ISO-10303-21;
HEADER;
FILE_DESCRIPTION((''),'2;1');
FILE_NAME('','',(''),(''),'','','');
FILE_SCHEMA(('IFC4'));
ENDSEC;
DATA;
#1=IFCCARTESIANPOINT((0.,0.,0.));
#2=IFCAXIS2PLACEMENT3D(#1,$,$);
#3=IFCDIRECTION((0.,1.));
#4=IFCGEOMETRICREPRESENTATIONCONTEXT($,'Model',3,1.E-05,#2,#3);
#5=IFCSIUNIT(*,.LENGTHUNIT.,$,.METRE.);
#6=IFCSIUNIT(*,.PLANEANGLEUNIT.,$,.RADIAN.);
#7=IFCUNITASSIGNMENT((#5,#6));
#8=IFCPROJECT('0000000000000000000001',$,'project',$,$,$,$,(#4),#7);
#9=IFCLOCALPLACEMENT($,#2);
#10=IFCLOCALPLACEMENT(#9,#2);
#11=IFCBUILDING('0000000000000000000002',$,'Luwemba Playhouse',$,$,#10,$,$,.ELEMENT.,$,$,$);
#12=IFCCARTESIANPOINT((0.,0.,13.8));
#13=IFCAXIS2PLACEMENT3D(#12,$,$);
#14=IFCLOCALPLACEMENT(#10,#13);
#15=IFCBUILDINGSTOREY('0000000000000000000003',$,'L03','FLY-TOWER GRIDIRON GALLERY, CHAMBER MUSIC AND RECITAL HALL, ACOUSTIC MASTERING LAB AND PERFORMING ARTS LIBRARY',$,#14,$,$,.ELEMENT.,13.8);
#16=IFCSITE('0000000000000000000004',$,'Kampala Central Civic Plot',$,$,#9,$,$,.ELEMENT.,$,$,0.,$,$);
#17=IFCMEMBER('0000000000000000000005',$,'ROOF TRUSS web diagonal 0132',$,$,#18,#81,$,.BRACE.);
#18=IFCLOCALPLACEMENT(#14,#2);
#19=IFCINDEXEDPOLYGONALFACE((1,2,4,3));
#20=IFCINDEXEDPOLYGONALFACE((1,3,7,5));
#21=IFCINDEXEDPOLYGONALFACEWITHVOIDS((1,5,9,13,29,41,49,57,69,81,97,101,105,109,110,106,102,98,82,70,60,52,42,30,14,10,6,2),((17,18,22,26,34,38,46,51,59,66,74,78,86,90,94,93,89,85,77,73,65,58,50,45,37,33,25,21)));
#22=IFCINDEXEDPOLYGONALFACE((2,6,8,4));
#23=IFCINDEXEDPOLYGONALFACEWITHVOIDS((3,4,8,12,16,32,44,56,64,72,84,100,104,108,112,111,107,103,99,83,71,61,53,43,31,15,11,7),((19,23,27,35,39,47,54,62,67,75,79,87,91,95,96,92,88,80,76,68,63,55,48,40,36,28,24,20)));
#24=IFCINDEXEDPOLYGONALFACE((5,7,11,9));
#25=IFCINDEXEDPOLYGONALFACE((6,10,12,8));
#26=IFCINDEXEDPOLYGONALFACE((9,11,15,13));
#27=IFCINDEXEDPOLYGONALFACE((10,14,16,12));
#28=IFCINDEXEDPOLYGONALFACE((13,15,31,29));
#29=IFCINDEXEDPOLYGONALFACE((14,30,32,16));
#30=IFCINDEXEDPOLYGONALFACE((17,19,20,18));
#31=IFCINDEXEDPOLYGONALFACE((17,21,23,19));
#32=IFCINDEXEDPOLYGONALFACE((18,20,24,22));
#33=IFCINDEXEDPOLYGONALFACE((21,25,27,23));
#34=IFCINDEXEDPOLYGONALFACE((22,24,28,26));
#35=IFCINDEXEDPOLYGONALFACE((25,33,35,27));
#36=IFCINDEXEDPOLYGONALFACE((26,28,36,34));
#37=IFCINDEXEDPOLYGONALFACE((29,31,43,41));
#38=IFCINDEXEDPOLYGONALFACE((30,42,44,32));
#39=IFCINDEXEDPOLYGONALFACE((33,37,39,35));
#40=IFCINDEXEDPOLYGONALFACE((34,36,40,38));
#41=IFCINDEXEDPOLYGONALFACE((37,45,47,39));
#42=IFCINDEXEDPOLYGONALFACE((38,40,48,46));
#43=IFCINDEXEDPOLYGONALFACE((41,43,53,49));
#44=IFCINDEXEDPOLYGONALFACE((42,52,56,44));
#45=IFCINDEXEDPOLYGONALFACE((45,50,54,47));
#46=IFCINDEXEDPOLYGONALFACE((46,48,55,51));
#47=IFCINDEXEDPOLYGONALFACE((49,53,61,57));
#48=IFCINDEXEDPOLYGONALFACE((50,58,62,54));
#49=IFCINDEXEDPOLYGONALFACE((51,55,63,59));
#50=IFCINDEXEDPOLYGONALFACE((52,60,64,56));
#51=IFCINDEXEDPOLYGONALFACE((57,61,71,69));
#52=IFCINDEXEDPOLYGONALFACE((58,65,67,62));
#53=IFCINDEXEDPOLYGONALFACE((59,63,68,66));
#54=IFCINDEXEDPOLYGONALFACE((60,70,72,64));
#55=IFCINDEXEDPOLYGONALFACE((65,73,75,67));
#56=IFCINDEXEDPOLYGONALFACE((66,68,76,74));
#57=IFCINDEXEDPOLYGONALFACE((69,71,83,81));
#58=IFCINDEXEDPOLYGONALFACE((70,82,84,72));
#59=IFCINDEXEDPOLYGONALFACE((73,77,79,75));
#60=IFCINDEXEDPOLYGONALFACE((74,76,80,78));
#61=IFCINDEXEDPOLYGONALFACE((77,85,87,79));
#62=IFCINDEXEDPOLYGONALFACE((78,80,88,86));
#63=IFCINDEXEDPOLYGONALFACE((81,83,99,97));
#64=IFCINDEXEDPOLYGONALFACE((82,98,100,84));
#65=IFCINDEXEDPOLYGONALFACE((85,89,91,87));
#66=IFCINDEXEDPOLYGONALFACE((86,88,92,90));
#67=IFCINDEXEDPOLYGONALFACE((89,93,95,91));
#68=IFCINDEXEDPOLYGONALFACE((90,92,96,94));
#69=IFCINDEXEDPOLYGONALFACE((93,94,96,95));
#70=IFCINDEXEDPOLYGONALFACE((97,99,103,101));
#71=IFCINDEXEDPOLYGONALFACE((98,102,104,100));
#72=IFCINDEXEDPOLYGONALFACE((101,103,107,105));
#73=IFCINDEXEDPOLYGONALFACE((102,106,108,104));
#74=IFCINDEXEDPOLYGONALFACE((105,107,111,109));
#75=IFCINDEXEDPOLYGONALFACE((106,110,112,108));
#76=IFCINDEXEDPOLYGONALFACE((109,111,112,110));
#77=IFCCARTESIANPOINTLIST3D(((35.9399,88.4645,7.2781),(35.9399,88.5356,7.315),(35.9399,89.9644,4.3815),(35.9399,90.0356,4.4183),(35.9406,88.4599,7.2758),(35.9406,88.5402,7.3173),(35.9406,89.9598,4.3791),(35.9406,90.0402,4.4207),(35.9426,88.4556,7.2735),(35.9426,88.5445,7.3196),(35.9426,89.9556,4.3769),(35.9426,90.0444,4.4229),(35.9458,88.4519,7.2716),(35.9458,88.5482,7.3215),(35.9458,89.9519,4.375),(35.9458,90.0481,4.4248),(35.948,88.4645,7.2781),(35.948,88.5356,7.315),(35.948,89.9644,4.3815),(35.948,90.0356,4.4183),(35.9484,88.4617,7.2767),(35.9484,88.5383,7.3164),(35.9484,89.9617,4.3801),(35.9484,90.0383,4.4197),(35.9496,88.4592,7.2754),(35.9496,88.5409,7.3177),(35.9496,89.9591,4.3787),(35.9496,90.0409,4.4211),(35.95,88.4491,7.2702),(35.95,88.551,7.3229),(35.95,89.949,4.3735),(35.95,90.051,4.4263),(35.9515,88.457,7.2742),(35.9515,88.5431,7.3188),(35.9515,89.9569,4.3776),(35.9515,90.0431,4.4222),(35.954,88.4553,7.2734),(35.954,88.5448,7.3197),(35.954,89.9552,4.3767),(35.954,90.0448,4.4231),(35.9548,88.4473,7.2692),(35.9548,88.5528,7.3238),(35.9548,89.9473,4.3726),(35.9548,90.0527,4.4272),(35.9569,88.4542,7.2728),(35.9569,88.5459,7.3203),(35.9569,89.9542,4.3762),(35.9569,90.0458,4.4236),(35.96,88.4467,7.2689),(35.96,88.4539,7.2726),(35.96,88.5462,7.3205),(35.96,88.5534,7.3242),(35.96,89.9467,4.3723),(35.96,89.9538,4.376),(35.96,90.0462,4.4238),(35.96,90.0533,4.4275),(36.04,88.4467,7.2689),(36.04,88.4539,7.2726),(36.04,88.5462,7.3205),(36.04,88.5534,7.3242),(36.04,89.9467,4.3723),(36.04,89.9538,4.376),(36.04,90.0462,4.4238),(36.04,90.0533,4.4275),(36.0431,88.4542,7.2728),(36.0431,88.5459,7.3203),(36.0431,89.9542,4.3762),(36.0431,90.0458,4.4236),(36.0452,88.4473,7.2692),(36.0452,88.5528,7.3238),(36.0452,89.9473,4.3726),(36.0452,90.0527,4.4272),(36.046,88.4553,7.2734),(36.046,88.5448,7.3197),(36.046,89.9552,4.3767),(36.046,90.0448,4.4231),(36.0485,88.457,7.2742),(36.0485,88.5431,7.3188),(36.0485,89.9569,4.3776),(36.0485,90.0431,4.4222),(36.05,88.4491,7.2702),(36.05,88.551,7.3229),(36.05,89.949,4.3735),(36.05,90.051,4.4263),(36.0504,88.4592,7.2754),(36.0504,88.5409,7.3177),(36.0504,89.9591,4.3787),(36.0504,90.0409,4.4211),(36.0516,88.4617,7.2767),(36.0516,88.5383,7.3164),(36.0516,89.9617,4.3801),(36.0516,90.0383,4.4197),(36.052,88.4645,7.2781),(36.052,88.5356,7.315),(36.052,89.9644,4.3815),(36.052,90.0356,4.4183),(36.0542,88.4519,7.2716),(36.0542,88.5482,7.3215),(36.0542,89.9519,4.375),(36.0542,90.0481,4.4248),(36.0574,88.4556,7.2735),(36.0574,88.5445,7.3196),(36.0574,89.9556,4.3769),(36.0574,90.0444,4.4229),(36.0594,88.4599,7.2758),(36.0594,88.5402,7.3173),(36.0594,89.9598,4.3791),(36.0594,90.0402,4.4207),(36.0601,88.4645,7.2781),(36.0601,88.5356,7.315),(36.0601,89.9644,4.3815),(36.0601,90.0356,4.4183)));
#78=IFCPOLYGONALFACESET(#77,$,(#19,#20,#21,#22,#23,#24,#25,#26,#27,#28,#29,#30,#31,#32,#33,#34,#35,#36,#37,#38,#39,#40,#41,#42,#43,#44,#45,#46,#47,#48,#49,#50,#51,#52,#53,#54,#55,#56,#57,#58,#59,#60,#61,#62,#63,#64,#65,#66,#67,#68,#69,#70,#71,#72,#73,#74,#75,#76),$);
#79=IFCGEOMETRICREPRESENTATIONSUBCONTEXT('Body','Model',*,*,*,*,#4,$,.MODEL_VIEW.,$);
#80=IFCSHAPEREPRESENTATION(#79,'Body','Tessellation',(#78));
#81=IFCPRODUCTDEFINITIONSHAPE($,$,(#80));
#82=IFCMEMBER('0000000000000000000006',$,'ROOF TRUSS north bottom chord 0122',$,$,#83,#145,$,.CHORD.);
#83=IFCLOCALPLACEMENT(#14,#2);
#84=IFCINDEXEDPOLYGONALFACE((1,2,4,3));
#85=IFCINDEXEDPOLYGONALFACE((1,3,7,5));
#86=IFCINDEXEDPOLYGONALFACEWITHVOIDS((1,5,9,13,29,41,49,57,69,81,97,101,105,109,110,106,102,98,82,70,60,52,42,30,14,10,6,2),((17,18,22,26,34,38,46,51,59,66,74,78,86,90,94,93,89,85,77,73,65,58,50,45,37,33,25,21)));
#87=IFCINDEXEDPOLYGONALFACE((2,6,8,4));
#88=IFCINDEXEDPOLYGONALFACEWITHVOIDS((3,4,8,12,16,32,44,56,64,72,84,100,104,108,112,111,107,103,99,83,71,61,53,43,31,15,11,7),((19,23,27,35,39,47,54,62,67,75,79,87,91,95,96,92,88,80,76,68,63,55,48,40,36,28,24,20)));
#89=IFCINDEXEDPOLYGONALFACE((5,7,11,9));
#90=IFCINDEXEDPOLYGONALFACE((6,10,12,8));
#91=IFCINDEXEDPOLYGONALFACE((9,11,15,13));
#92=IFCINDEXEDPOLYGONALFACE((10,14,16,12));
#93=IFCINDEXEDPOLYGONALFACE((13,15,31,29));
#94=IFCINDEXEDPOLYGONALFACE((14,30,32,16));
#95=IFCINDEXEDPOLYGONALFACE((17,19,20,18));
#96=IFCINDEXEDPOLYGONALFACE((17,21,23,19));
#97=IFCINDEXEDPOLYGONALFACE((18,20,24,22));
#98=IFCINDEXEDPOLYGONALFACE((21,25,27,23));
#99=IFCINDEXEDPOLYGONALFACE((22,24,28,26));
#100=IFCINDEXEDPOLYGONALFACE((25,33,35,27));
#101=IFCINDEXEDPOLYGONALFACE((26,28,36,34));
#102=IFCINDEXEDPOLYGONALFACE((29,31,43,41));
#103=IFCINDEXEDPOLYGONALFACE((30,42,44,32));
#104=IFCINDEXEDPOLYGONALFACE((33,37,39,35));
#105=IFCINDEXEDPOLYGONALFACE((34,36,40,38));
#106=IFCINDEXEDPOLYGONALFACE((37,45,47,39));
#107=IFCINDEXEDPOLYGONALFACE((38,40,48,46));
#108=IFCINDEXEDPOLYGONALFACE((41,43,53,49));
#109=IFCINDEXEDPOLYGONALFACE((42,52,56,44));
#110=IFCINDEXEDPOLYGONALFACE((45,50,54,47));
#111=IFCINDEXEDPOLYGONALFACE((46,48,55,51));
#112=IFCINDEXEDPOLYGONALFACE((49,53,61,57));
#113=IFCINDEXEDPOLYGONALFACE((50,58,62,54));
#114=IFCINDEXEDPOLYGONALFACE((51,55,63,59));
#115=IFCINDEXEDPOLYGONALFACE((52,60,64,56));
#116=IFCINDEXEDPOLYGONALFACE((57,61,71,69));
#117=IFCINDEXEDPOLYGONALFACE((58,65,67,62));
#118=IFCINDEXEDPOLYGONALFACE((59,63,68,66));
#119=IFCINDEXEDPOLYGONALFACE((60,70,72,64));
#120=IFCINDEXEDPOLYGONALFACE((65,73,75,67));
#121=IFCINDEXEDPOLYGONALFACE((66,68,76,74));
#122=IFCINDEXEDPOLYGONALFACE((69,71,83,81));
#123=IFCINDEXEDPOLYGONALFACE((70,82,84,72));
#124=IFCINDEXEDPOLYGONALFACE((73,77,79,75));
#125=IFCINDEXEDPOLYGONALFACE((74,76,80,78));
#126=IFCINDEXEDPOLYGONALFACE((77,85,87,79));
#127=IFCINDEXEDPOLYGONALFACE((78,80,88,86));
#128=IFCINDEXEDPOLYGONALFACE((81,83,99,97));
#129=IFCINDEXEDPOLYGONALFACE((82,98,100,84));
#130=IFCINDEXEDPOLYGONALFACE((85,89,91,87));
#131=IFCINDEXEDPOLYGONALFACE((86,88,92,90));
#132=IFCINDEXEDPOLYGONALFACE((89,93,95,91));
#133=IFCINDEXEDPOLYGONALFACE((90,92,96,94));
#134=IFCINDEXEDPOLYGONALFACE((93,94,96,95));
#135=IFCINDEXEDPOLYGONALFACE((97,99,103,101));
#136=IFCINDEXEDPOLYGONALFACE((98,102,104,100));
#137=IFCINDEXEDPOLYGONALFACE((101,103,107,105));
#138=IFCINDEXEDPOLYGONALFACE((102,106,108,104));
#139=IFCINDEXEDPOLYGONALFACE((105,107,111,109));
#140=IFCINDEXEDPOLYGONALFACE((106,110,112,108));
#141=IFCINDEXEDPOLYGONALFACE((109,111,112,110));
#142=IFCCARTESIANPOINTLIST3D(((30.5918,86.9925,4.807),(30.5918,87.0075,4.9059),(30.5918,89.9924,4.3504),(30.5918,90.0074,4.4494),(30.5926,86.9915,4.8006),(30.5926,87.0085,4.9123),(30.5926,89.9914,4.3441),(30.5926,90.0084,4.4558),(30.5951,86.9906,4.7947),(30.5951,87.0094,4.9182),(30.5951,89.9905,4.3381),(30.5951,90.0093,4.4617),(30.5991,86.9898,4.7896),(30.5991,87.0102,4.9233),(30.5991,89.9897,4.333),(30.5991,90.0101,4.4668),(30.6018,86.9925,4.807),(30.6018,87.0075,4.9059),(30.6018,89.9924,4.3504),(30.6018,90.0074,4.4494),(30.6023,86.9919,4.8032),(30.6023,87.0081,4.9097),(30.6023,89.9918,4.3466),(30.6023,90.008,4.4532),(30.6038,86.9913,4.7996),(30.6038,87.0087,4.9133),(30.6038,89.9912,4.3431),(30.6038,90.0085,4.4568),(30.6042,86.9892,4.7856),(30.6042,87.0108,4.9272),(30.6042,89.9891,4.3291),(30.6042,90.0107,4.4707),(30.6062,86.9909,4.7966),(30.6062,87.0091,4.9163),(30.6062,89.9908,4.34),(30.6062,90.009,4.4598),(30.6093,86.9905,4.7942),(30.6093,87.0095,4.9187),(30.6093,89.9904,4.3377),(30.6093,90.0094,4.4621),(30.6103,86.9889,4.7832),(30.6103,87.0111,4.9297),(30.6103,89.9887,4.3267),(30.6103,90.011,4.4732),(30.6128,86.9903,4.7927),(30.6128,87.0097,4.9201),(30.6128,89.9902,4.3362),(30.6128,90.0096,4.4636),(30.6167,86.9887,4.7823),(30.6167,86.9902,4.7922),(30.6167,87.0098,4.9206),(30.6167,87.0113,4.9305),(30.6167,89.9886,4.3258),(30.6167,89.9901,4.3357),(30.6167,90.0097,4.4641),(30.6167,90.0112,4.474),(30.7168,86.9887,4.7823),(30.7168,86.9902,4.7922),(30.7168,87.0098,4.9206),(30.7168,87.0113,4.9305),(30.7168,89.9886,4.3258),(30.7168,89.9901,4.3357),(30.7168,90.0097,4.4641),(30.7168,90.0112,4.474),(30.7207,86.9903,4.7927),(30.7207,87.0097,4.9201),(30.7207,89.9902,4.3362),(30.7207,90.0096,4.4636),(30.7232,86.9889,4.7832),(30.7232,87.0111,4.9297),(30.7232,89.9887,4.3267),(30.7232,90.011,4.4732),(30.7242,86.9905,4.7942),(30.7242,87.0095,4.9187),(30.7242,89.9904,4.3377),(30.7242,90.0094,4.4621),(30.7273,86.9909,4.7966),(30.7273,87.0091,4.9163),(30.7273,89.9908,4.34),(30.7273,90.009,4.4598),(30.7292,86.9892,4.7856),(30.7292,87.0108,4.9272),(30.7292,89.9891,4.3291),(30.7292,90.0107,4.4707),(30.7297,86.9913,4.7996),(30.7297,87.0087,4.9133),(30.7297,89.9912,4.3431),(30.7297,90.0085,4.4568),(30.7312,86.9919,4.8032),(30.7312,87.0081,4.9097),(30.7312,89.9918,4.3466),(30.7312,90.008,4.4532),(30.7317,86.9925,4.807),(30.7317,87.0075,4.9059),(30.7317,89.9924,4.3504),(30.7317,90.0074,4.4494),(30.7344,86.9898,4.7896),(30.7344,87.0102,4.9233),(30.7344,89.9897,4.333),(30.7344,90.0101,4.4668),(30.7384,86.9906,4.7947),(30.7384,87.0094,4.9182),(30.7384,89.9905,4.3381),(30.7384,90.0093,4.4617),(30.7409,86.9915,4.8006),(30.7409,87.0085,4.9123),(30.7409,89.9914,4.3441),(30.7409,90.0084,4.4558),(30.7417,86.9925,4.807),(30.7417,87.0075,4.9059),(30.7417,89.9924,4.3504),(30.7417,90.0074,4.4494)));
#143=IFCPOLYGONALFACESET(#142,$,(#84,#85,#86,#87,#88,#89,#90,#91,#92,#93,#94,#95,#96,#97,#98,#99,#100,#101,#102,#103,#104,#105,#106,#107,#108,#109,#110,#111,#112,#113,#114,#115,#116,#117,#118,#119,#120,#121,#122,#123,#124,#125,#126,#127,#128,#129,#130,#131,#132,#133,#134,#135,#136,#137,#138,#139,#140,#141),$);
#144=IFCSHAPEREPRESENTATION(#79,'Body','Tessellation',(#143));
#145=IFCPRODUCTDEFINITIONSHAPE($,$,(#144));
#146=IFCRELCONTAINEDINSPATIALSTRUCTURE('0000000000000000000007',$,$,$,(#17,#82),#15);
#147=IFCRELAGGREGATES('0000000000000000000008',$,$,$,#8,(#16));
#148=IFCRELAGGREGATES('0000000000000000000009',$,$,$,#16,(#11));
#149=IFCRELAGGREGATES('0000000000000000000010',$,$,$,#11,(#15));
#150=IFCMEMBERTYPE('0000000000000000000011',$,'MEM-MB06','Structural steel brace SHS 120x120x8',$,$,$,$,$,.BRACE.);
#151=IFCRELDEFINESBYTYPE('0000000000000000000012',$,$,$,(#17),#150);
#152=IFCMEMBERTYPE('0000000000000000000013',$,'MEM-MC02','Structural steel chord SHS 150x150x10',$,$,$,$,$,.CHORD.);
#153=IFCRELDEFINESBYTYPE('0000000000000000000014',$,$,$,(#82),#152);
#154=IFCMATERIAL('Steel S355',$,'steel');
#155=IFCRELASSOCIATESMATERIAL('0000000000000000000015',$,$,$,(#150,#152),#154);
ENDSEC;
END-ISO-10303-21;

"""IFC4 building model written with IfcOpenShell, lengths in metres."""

from ifc_helpers import new_model, si_unit, direction, frame, origin, origin_2d, place, context, subcontext, project, spatial, hollow_rectangle, extrude, material, material_profile, profile_set, type_object, element, save


model = new_model("IFC4")

# Units and contexts
model_context = context("Model", 3, precision=1e-05, world=origin(), true_north=direction((0.0, 1.0)))
body_context = subcontext(model_context, "Body", "Model", "MODEL_VIEW")
ifc_project = project(units=[si_unit("LENGTHUNIT", "METRE"), si_unit("PLANEANGLEUNIT", "RADIAN")], contexts=[model_context])

# Site, building, storey
site_placement = place(None, origin())
site = spatial("IfcSite", under=ifc_project, at=site_placement, Name="Kampala Central Civic Plot", CompositionType="ELEMENT", RefElevation=0.0)
building_placement = place(site_placement, origin())
building = spatial("IfcBuilding", under=site, at=building_placement, Name="Luwemba Playhouse", CompositionType="ELEMENT")
storey_placement = place(building_placement, frame((0.0, 0.0, 13.8)))
storey = spatial("IfcBuildingStorey", under=building, at=storey_placement, Name="L03", Description="FLY-TOWER GRIDIRON GALLERY, CHAMBER MUSIC AND RECITAL HALL, ACOUSTIC MASTERING LAB AND PERFORMING ARTS LIBRARY", CompositionType="ELEMENT", Elevation=13.8)

# Shared definitions
ifc_material_1 = material(Name="Steel S355", Category="steel")

# Members
ifc_material_profile_1 = material_profile(ifc_material_1, hollow_rectangle(XDim=0.1201, YDim=0.1201, WallThickness=0.0081, InnerFilletRadius=0.012, OuterFilletRadius=0.02, at=origin_2d()))
ifc_profile_set_1 = profile_set([ifc_material_profile_1], Name="Steel S355")
member_type_1 = type_object("IfcMemberType", Name="MEM-MB06", Description="Structural steel brace SHS 120x120x8", PredefinedType="BRACE", material=ifc_profile_set_1)
member_1_placement = place(storey_placement, frame((36.0, 90.0, 4.3999), z_axis=(0.0, -0.459832, 0.888006), x_axis=(1.0, 0.0, 0.0)))
element("IfcMember", 1, at=member_1_placement, inside=storey, type_object=member_type_1, Name="ROOF TRUSS web diagonal 0132", PredefinedType="BRACE", context=body_context, shape_type="SweptSolid", body=[
    extrude(hollow_rectangle(XDim=0.1201, YDim=0.1201, WallThickness=0.0081, InnerFilletRadius=0.012, OuterFilletRadius=0.02, at=origin_2d()), origin(), (0.0, 0.0, 1.0), 3.262),
])
ifc_material_profile_2 = material_profile(ifc_material_1, hollow_rectangle(XDim=0.1499, YDim=0.1499, WallThickness=0.01, InnerFilletRadius=0.0149, OuterFilletRadius=0.0249, at=origin_2d()))
ifc_profile_set_2 = profile_set([ifc_material_profile_2], Name="Steel S355")
member_type_2 = type_object("IfcMemberType", Name="MEM-MC02", Description="Structural steel chord SHS 150x150x10", PredefinedType="CHORD", material=ifc_profile_set_2)
member_2_placement = place(storey_placement, frame((30.6667, 87.0, 4.8564), z_axis=(0.0, 0.988618, -0.150449), x_axis=(-1.0, 0.0, 0.0)))
element("IfcMember", 2, at=member_2_placement, inside=storey, type_object=member_type_2, Name="ROOF TRUSS north bottom chord 0122", PredefinedType="CHORD", context=body_context, shape_type="SweptSolid", body=[
    extrude(hollow_rectangle(XDim=0.1499, YDim=0.1499, WallThickness=0.01, InnerFilletRadius=0.0149, OuterFilletRadius=0.0249, at=origin_2d()), origin(), (0.0, 0.0, 1.0), 3.0344),
])

save(model, "model.ifc")
